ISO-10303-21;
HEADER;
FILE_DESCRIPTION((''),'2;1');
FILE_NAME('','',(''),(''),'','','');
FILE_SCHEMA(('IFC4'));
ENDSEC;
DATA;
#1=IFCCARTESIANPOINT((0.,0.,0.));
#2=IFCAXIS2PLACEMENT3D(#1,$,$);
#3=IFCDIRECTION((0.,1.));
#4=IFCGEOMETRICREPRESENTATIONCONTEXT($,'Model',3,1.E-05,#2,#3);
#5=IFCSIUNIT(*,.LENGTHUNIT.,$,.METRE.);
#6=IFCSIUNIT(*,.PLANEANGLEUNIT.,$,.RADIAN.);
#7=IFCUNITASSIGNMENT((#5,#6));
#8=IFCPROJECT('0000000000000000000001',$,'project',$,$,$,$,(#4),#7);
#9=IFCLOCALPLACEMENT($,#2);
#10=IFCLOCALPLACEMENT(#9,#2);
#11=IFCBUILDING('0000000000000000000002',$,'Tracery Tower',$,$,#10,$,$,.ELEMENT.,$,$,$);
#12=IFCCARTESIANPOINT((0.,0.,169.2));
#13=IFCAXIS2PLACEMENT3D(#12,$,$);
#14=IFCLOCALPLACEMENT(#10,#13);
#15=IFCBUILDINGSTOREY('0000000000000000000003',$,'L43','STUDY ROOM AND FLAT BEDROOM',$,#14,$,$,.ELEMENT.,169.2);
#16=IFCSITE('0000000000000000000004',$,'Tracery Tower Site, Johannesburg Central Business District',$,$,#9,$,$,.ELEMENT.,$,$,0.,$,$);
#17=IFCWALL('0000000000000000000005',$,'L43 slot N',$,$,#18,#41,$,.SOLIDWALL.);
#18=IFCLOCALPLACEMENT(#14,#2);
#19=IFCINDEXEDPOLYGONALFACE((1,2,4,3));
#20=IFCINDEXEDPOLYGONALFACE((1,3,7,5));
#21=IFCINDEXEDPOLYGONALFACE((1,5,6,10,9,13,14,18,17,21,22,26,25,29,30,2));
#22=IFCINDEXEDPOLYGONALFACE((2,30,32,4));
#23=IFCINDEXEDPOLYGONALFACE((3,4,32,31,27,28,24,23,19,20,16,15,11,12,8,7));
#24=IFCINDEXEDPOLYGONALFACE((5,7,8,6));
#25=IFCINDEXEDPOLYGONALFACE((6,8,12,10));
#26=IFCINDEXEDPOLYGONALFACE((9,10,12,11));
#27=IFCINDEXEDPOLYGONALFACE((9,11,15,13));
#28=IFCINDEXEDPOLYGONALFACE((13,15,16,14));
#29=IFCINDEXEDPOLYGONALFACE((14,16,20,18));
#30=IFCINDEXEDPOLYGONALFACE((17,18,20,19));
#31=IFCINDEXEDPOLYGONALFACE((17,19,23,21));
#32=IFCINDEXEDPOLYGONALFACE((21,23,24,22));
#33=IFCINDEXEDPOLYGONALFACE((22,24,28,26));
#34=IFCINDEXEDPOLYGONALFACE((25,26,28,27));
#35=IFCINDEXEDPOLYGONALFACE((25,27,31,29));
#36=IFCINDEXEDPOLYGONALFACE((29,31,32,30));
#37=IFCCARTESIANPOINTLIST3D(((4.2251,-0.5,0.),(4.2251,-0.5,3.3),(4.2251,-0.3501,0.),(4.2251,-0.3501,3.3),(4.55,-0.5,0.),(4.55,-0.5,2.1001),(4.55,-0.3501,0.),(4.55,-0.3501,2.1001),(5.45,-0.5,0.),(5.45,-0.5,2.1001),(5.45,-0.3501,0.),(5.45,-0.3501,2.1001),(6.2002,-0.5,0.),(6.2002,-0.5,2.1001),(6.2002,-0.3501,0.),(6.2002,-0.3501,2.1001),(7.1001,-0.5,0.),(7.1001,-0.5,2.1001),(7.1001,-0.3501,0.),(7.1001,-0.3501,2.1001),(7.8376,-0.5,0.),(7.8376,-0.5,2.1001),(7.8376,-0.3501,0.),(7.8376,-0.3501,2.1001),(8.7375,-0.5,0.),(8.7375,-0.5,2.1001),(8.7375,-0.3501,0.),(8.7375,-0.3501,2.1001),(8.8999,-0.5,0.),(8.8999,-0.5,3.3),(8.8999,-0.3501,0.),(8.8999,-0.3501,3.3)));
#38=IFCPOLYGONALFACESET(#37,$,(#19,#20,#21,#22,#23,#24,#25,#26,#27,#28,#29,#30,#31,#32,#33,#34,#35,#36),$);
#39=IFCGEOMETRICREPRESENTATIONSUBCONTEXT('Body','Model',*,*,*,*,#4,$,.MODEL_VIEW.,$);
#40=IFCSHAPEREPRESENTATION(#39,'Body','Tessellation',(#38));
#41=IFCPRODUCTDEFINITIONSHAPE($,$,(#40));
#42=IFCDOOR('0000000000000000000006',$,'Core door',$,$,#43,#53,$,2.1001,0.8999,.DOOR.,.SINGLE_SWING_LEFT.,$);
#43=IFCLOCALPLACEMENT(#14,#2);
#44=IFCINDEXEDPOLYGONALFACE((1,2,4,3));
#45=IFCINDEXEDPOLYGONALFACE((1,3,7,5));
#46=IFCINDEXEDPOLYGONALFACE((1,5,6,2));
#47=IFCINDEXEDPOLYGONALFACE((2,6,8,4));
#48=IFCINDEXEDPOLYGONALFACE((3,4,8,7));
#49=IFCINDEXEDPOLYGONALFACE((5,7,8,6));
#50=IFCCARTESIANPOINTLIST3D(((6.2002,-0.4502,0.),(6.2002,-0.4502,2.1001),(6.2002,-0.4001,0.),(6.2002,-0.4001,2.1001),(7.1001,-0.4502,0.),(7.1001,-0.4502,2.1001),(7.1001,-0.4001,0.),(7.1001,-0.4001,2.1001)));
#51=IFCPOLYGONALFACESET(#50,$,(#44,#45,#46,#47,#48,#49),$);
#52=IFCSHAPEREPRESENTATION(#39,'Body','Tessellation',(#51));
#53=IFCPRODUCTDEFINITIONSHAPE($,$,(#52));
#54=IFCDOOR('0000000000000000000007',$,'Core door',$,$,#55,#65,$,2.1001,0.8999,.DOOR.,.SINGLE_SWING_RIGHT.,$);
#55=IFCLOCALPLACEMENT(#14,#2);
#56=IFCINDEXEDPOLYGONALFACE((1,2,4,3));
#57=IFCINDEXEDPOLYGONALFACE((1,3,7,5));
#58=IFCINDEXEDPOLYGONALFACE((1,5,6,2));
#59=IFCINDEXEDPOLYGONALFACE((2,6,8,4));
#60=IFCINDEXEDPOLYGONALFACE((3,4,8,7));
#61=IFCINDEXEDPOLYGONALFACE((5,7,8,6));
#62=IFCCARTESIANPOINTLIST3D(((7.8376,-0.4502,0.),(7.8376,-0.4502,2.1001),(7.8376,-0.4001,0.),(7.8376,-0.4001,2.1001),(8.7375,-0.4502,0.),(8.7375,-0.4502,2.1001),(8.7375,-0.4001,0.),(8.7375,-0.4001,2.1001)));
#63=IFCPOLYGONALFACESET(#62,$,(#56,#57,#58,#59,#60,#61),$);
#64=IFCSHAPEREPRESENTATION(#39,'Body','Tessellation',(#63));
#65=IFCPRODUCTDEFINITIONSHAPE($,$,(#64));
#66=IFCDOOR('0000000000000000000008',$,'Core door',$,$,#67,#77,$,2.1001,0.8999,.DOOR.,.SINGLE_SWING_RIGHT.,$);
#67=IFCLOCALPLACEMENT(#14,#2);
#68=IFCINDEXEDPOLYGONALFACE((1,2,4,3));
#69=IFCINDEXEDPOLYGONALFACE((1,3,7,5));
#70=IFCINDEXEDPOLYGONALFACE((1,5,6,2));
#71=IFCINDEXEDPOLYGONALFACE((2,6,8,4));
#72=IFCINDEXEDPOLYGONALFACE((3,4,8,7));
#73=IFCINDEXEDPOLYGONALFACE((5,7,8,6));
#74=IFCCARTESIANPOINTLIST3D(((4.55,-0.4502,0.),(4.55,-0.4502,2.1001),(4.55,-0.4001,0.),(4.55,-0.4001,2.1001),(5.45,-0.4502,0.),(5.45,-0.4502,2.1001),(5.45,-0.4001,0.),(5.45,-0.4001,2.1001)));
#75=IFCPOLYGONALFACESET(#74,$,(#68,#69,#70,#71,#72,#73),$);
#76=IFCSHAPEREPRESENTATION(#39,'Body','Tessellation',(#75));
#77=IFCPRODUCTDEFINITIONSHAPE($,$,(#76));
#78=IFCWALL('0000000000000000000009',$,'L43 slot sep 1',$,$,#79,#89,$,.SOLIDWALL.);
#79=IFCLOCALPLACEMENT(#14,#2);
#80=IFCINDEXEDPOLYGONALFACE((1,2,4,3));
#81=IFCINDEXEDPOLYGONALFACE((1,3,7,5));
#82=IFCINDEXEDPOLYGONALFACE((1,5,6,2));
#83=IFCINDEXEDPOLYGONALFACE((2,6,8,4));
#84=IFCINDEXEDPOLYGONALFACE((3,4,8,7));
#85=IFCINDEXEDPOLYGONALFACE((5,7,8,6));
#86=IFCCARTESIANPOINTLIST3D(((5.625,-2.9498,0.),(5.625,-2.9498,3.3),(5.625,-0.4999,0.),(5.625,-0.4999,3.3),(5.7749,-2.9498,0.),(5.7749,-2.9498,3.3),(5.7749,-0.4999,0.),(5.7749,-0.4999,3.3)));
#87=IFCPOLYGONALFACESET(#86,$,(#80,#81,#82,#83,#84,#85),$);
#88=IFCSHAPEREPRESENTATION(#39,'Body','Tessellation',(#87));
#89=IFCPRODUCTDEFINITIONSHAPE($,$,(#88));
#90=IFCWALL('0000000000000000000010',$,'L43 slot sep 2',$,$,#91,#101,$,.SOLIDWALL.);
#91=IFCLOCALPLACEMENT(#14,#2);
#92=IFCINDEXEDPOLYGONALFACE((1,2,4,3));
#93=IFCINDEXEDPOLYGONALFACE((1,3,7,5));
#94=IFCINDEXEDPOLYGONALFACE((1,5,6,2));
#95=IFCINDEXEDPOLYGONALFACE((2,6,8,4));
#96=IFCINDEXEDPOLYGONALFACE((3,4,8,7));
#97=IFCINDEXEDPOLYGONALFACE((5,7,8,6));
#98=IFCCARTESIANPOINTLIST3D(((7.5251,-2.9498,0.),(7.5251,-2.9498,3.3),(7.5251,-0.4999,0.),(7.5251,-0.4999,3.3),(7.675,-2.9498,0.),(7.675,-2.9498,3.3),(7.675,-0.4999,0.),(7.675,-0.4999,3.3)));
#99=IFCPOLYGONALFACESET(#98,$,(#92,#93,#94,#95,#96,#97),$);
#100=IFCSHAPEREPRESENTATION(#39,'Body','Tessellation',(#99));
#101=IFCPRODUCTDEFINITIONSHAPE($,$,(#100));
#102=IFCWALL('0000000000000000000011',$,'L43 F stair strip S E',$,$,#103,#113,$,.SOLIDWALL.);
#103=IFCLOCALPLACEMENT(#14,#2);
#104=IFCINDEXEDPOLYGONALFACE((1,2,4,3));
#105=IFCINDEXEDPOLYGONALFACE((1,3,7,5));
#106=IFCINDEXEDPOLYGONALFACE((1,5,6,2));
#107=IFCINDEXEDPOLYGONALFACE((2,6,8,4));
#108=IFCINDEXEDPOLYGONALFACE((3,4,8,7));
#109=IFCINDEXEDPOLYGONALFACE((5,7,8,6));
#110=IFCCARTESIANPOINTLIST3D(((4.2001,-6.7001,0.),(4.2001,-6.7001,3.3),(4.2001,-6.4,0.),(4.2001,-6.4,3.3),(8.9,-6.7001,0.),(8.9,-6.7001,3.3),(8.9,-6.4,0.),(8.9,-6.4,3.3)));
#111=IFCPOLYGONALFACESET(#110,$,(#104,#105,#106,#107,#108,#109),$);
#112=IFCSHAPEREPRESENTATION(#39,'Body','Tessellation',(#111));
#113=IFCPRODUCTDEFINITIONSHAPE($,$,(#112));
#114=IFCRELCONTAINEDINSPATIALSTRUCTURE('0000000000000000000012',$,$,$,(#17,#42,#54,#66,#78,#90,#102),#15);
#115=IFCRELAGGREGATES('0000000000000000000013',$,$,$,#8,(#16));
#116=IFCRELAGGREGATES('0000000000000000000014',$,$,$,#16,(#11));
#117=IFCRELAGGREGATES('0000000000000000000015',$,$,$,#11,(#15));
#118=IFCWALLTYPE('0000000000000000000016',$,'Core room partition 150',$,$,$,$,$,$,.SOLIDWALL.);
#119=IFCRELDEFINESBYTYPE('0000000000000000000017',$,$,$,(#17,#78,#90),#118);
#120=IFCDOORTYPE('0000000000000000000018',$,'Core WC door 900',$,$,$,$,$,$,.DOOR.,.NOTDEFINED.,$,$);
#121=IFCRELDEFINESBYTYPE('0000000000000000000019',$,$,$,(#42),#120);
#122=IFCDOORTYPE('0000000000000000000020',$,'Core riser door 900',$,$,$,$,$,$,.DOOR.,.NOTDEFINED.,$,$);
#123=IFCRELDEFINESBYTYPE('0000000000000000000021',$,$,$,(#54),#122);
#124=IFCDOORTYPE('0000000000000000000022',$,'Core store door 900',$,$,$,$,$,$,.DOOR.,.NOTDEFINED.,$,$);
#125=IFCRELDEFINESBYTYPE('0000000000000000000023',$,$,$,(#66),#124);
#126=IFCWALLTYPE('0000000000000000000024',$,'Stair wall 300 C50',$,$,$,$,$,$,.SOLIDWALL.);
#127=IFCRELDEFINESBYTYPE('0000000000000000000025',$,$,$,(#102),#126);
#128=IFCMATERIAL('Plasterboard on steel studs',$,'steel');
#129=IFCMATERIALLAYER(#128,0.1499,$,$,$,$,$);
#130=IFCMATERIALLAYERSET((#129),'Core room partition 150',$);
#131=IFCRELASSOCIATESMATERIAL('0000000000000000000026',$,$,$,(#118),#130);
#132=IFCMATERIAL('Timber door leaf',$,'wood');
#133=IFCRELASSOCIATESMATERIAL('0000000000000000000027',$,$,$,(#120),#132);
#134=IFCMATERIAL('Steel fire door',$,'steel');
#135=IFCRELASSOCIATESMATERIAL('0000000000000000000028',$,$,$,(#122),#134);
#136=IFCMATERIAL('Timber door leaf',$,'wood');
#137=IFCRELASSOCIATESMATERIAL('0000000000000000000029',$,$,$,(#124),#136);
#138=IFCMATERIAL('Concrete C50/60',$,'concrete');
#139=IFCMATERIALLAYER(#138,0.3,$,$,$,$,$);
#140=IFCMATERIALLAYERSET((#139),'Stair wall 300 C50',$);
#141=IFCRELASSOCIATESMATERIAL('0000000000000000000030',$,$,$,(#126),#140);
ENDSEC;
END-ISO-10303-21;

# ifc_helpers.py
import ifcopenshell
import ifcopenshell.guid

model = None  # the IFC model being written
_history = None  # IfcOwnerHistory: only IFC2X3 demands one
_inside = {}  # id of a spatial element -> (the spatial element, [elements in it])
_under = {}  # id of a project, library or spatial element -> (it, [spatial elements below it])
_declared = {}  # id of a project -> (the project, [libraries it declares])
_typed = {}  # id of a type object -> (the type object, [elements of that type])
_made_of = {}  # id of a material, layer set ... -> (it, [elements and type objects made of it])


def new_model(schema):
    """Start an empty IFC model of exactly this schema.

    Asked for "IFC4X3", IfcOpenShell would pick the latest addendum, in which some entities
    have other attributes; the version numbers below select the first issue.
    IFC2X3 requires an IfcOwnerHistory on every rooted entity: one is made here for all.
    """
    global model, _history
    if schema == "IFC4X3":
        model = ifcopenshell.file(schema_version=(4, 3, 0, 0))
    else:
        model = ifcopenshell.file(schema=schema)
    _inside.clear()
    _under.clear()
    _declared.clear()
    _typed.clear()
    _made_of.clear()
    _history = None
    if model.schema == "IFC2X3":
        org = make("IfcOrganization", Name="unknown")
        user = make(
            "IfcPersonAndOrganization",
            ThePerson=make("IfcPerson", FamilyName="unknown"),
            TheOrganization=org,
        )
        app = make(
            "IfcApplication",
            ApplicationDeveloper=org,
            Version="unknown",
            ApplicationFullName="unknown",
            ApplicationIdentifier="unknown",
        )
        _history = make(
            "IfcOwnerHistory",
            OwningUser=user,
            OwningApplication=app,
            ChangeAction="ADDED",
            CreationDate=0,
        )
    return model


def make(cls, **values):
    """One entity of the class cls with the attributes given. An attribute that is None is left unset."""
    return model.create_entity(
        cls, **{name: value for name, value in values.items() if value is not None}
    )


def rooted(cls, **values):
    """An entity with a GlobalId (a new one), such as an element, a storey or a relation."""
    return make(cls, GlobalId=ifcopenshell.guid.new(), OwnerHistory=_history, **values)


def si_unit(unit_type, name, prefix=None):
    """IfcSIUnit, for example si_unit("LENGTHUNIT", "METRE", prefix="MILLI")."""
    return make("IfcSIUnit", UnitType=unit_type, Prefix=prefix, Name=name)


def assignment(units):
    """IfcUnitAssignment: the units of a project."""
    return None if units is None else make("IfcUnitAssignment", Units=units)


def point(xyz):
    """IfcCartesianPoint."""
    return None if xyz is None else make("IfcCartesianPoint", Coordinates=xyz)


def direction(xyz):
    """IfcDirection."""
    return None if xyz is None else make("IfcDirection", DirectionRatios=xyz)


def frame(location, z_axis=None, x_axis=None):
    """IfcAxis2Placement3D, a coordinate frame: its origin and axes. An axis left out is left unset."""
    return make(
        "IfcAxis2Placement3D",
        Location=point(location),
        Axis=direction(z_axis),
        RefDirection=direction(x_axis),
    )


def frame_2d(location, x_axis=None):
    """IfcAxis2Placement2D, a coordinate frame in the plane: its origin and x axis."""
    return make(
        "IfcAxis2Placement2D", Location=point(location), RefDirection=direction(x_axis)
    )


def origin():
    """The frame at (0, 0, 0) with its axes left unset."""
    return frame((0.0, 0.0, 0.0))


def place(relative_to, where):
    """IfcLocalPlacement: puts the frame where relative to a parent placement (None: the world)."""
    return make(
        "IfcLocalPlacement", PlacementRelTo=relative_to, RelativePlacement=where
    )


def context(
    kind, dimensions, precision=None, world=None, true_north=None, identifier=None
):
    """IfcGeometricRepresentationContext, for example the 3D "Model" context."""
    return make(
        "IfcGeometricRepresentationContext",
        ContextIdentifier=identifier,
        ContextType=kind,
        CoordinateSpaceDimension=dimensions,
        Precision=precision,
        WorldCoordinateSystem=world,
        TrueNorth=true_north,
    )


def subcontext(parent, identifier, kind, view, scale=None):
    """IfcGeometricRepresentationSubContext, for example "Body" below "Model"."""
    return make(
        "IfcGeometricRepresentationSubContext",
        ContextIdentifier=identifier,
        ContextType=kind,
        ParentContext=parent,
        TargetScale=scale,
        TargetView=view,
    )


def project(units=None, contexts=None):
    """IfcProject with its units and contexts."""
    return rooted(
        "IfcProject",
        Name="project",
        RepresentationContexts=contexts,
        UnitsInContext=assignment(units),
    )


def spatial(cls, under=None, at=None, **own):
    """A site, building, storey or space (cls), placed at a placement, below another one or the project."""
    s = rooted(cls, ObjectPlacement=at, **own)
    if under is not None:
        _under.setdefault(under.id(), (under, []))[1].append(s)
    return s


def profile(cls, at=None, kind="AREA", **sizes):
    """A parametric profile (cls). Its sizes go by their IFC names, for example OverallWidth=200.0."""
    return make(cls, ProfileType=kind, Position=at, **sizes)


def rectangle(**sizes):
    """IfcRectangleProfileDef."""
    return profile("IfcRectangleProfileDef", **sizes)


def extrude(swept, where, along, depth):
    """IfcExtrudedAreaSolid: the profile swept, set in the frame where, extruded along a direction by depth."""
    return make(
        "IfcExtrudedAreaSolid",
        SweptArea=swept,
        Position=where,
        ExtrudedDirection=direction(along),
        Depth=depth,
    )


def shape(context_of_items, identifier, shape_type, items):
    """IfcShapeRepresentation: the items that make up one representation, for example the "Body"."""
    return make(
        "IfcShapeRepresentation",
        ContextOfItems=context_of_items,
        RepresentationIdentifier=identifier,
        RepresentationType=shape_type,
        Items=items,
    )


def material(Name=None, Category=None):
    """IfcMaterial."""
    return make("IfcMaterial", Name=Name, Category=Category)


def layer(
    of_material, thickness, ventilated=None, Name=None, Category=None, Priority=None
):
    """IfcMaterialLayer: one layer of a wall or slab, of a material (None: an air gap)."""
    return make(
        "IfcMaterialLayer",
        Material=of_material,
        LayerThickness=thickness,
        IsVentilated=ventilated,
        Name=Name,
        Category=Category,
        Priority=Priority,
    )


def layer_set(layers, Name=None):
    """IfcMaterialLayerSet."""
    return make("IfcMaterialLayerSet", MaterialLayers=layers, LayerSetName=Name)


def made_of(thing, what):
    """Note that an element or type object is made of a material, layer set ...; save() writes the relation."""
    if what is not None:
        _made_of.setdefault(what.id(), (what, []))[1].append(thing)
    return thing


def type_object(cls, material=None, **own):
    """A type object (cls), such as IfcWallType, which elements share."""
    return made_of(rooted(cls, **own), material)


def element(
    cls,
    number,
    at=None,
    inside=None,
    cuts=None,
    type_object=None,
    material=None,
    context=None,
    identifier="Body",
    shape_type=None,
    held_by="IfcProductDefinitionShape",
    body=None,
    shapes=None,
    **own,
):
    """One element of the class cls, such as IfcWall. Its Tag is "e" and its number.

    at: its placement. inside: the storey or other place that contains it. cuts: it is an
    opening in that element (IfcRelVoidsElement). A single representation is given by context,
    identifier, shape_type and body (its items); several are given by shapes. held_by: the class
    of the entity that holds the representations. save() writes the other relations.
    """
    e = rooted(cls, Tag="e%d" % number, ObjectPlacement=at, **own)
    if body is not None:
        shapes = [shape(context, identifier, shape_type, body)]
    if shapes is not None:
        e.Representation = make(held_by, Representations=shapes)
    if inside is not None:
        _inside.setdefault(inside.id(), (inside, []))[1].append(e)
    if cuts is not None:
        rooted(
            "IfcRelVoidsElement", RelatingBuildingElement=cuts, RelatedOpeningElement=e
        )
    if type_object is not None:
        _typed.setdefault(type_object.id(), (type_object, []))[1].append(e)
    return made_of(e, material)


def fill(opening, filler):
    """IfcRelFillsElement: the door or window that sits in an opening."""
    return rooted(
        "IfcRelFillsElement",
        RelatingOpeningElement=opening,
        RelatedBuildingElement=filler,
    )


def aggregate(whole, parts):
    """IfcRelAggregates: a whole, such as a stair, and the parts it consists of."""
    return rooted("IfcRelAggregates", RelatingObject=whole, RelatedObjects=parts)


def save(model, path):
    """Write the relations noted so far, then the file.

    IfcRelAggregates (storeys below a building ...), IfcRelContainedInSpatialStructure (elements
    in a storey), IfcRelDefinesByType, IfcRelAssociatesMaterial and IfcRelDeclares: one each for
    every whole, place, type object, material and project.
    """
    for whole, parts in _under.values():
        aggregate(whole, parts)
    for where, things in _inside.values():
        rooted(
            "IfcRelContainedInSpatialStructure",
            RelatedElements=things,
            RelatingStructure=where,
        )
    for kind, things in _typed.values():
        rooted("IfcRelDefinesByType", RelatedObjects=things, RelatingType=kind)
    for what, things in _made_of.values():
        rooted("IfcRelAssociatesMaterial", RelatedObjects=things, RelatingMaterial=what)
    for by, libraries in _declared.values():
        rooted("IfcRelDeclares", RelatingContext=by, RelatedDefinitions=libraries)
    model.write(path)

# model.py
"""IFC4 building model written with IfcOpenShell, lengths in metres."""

from ifc_helpers import new_model, si_unit, direction, frame, frame_2d, origin, place, context, subcontext, project, spatial, rectangle, extrude, material, layer, layer_set, type_object, element, fill, save


model = new_model("IFC4")

# Units and contexts
model_context = context("Model", 3, precision=1e-05, world=origin(), true_north=direction((0.0, 1.0)))
body_context = subcontext(model_context, "Body", "Model", "MODEL_VIEW")
ifc_project = project(units=[si_unit("LENGTHUNIT", "METRE"), si_unit("PLANEANGLEUNIT", "RADIAN")], contexts=[model_context])

# Site, building, storey
site_placement = place(None, origin())
site = spatial("IfcSite", under=ifc_project, at=site_placement, Name="Tracery Tower Site, Johannesburg Central Business District", CompositionType="ELEMENT", RefElevation=0.0)
building_placement = place(site_placement, origin())
building = spatial("IfcBuilding", under=site, at=building_placement, Name="Tracery Tower", CompositionType="ELEMENT")
storey_placement = place(building_placement, frame((0.0, 0.0, 169.2)))
storey = spatial("IfcBuildingStorey", under=building, at=storey_placement, Name="L43", Description="STUDY ROOM AND FLAT BEDROOM", CompositionType="ELEMENT", Elevation=169.2)

# Shared definitions
ifc_material_1 = material(Name="Plasterboard on steel studs", Category="steel")
ifc_layer_1 = layer(ifc_material_1, 0.1499)
ifc_layer_set_1 = layer_set([ifc_layer_1], Name="Core room partition 150")
wall_type_1 = type_object("IfcWallType", Name="Core room partition 150", PredefinedType="SOLIDWALL", material=ifc_layer_set_1)

# Wall, openings, doors
wall_1_placement = place(storey_placement, frame((4.2251, -0.425, 0.0), z_axis=(0.0, 0.0, 1.0), x_axis=(1.0, 0.0, 0.0)))
wall_1 = element("IfcWall", 1, at=wall_1_placement, inside=storey, type_object=wall_type_1, Name="L43 slot N", PredefinedType="SOLIDWALL", context=body_context, shape_type="SweptSolid", body=[
    extrude(rectangle(XDim=4.6748, YDim=0.1499, at=frame_2d((2.3374, 0.0))), origin(), (0.0, 0.0, 1.0), 3.3),
])
opening_1_placement = place(wall_1_placement, frame((0.325, 0.0, 0.0)))
opening_1 = element("IfcOpeningElement", 2, at=opening_1_placement, cuts=wall_1, PredefinedType="OPENING", context=body_context, shape_type="SweptSolid", body=[
    extrude(rectangle(XDim=0.8999, YDim=2.1001, at=frame_2d((0.45, 1.05))), frame((0.0, 0.075, 0.0), z_axis=(0.0, -1.0, 0.0), x_axis=(1.0, 0.0, 0.0)), (0.0, 0.0, 1.0), 0.1499),
])
opening_2_placement = place(wall_1_placement, frame((1.9751, 0.0, 0.0)))
opening_2 = element("IfcOpeningElement", 3, at=opening_2_placement, cuts=wall_1, PredefinedType="OPENING", context=body_context, shape_type="SweptSolid", body=[
    extrude(rectangle(XDim=0.8999, YDim=2.1001, at=frame_2d((0.45, 1.05))), frame((0.0, 0.075, 0.0), z_axis=(0.0, -1.0, 0.0), x_axis=(1.0, 0.0, 0.0)), (0.0, 0.0, 1.0), 0.1499),
])
opening_3_placement = place(wall_1_placement, frame((3.6125, 0.0, 0.0)))
opening_3 = element("IfcOpeningElement", 4, at=opening_3_placement, cuts=wall_1, PredefinedType="OPENING", context=body_context, shape_type="SweptSolid", body=[
    extrude(rectangle(XDim=0.8999, YDim=2.1001, at=frame_2d((0.45, 1.05))), frame((0.0, 0.075, 0.0), z_axis=(0.0, -1.0, 0.0), x_axis=(1.0, 0.0, 0.0)), (0.0, 0.0, 1.0), 0.1499),
])
ifc_material_2 = material(Name="Timber door leaf", Category="wood")
door_type_1 = type_object("IfcDoorType", Name="Core WC door 900", OperationType="NOTDEFINED", PredefinedType="DOOR", material=ifc_material_2)
door_1_placement = place(opening_2_placement, origin())
door_1 = element("IfcDoor", 5, at=door_1_placement, inside=storey, type_object=door_type_1, Name="Core door", OperationType="SINGLE_SWING_LEFT", OverallHeight=2.1001, OverallWidth=0.8999, PredefinedType="DOOR", context=body_context, shape_type="SweptSolid", body=[
    extrude(rectangle(XDim=0.8999, YDim=2.1001, at=frame_2d((0.45, 1.05))), frame((0.0, 0.0249, 0.0), z_axis=(0.0, -1.0, 0.0), x_axis=(1.0, 0.0, 0.0)), (0.0, 0.0, 1.0), 0.05),
])
fill(opening_2, door_1)
ifc_material_3 = material(Name="Steel fire door", Category="steel")
door_type_2 = type_object("IfcDoorType", Name="Core riser door 900", OperationType="NOTDEFINED", PredefinedType="DOOR", material=ifc_material_3)
door_2_placement = place(opening_3_placement, origin())
door_2 = element("IfcDoor", 6, at=door_2_placement, inside=storey, type_object=door_type_2, Name="Core door", OperationType="SINGLE_SWING_RIGHT", OverallHeight=2.1001, OverallWidth=0.8999, PredefinedType="DOOR", context=body_context, shape_type="SweptSolid", body=[
    extrude(rectangle(XDim=0.8999, YDim=2.1001, at=frame_2d((0.45, 1.05))), frame((0.0, 0.0249, 0.0), z_axis=(0.0, -1.0, 0.0), x_axis=(1.0, 0.0, 0.0)), (0.0, 0.0, 1.0), 0.05),
])
fill(opening_3, door_2)
ifc_material_4 = material(Name="Timber door leaf", Category="wood")
door_type_3 = type_object("IfcDoorType", Name="Core store door 900", OperationType="NOTDEFINED", PredefinedType="DOOR", material=ifc_material_4)
door_3_placement = place(opening_1_placement, origin())
door_3 = element("IfcDoor", 7, at=door_3_placement, inside=storey, type_object=door_type_3, Name="Core door", OperationType="SINGLE_SWING_RIGHT", OverallHeight=2.1001, OverallWidth=0.8999, PredefinedType="DOOR", context=body_context, shape_type="SweptSolid", body=[
    extrude(rectangle(XDim=0.8999, YDim=2.1001, at=frame_2d((0.45, 1.05))), frame((0.0, 0.0249, 0.0), z_axis=(0.0, -1.0, 0.0), x_axis=(1.0, 0.0, 0.0)), (0.0, 0.0, 1.0), 0.05),
])
fill(opening_1, door_3)

# Walls
for number, where, z_axis, x_axis, name in (
    (8, (5.7, -2.95, 0.0), (0.0, 0.0, 1.0), (0.0, 1.0, 0.0), "L43 slot sep 1"),
    (9, (7.6001, -2.95, 0.0), (0.0, 0.0, 1.0), (0.0, 1.0, 0.0), "L43 slot sep 2"),
):
    element("IfcWall", number, at=place(storey_placement, frame(where, z_axis=z_axis, x_axis=x_axis)), inside=storey, type_object=wall_type_1, Name=name, PredefinedType="SOLIDWALL", context=body_context, shape_type="SweptSolid", body=[
        extrude(rectangle(XDim=2.45, YDim=0.1499, at=frame_2d((1.2251, 0.0))), origin(), (0.0, 0.0, 1.0), 3.3),
    ])

# Shared definitions
ifc_material_5 = material(Name="Concrete C50/60", Category="concrete")
ifc_layer_2 = layer(ifc_material_5, 0.3)
ifc_layer_set_2 = layer_set([ifc_layer_2], Name="Stair wall 300 C50")
wall_type_2 = type_object("IfcWallType", Name="Stair wall 300 C50", PredefinedType="SOLIDWALL", material=ifc_layer_set_2)

# Wall
wall_2_placement = place(storey_placement, frame((4.2, -6.55, 0.0), z_axis=(0.0, 0.0, 1.0), x_axis=(1.0, 0.0, 0.0)))
element("IfcWall", 10, at=wall_2_placement, inside=storey, type_object=wall_type_2, Name="L43 F stair strip S E", PredefinedType="SOLIDWALL", context=body_context, shape_type="SweptSolid", body=[
    extrude(rectangle(XDim=4.7, YDim=0.3, at=frame_2d((2.3501, 0.0))), origin(), (0.0, 0.0, 1.0), 3.3),
])

save(model, "model.ifc")
